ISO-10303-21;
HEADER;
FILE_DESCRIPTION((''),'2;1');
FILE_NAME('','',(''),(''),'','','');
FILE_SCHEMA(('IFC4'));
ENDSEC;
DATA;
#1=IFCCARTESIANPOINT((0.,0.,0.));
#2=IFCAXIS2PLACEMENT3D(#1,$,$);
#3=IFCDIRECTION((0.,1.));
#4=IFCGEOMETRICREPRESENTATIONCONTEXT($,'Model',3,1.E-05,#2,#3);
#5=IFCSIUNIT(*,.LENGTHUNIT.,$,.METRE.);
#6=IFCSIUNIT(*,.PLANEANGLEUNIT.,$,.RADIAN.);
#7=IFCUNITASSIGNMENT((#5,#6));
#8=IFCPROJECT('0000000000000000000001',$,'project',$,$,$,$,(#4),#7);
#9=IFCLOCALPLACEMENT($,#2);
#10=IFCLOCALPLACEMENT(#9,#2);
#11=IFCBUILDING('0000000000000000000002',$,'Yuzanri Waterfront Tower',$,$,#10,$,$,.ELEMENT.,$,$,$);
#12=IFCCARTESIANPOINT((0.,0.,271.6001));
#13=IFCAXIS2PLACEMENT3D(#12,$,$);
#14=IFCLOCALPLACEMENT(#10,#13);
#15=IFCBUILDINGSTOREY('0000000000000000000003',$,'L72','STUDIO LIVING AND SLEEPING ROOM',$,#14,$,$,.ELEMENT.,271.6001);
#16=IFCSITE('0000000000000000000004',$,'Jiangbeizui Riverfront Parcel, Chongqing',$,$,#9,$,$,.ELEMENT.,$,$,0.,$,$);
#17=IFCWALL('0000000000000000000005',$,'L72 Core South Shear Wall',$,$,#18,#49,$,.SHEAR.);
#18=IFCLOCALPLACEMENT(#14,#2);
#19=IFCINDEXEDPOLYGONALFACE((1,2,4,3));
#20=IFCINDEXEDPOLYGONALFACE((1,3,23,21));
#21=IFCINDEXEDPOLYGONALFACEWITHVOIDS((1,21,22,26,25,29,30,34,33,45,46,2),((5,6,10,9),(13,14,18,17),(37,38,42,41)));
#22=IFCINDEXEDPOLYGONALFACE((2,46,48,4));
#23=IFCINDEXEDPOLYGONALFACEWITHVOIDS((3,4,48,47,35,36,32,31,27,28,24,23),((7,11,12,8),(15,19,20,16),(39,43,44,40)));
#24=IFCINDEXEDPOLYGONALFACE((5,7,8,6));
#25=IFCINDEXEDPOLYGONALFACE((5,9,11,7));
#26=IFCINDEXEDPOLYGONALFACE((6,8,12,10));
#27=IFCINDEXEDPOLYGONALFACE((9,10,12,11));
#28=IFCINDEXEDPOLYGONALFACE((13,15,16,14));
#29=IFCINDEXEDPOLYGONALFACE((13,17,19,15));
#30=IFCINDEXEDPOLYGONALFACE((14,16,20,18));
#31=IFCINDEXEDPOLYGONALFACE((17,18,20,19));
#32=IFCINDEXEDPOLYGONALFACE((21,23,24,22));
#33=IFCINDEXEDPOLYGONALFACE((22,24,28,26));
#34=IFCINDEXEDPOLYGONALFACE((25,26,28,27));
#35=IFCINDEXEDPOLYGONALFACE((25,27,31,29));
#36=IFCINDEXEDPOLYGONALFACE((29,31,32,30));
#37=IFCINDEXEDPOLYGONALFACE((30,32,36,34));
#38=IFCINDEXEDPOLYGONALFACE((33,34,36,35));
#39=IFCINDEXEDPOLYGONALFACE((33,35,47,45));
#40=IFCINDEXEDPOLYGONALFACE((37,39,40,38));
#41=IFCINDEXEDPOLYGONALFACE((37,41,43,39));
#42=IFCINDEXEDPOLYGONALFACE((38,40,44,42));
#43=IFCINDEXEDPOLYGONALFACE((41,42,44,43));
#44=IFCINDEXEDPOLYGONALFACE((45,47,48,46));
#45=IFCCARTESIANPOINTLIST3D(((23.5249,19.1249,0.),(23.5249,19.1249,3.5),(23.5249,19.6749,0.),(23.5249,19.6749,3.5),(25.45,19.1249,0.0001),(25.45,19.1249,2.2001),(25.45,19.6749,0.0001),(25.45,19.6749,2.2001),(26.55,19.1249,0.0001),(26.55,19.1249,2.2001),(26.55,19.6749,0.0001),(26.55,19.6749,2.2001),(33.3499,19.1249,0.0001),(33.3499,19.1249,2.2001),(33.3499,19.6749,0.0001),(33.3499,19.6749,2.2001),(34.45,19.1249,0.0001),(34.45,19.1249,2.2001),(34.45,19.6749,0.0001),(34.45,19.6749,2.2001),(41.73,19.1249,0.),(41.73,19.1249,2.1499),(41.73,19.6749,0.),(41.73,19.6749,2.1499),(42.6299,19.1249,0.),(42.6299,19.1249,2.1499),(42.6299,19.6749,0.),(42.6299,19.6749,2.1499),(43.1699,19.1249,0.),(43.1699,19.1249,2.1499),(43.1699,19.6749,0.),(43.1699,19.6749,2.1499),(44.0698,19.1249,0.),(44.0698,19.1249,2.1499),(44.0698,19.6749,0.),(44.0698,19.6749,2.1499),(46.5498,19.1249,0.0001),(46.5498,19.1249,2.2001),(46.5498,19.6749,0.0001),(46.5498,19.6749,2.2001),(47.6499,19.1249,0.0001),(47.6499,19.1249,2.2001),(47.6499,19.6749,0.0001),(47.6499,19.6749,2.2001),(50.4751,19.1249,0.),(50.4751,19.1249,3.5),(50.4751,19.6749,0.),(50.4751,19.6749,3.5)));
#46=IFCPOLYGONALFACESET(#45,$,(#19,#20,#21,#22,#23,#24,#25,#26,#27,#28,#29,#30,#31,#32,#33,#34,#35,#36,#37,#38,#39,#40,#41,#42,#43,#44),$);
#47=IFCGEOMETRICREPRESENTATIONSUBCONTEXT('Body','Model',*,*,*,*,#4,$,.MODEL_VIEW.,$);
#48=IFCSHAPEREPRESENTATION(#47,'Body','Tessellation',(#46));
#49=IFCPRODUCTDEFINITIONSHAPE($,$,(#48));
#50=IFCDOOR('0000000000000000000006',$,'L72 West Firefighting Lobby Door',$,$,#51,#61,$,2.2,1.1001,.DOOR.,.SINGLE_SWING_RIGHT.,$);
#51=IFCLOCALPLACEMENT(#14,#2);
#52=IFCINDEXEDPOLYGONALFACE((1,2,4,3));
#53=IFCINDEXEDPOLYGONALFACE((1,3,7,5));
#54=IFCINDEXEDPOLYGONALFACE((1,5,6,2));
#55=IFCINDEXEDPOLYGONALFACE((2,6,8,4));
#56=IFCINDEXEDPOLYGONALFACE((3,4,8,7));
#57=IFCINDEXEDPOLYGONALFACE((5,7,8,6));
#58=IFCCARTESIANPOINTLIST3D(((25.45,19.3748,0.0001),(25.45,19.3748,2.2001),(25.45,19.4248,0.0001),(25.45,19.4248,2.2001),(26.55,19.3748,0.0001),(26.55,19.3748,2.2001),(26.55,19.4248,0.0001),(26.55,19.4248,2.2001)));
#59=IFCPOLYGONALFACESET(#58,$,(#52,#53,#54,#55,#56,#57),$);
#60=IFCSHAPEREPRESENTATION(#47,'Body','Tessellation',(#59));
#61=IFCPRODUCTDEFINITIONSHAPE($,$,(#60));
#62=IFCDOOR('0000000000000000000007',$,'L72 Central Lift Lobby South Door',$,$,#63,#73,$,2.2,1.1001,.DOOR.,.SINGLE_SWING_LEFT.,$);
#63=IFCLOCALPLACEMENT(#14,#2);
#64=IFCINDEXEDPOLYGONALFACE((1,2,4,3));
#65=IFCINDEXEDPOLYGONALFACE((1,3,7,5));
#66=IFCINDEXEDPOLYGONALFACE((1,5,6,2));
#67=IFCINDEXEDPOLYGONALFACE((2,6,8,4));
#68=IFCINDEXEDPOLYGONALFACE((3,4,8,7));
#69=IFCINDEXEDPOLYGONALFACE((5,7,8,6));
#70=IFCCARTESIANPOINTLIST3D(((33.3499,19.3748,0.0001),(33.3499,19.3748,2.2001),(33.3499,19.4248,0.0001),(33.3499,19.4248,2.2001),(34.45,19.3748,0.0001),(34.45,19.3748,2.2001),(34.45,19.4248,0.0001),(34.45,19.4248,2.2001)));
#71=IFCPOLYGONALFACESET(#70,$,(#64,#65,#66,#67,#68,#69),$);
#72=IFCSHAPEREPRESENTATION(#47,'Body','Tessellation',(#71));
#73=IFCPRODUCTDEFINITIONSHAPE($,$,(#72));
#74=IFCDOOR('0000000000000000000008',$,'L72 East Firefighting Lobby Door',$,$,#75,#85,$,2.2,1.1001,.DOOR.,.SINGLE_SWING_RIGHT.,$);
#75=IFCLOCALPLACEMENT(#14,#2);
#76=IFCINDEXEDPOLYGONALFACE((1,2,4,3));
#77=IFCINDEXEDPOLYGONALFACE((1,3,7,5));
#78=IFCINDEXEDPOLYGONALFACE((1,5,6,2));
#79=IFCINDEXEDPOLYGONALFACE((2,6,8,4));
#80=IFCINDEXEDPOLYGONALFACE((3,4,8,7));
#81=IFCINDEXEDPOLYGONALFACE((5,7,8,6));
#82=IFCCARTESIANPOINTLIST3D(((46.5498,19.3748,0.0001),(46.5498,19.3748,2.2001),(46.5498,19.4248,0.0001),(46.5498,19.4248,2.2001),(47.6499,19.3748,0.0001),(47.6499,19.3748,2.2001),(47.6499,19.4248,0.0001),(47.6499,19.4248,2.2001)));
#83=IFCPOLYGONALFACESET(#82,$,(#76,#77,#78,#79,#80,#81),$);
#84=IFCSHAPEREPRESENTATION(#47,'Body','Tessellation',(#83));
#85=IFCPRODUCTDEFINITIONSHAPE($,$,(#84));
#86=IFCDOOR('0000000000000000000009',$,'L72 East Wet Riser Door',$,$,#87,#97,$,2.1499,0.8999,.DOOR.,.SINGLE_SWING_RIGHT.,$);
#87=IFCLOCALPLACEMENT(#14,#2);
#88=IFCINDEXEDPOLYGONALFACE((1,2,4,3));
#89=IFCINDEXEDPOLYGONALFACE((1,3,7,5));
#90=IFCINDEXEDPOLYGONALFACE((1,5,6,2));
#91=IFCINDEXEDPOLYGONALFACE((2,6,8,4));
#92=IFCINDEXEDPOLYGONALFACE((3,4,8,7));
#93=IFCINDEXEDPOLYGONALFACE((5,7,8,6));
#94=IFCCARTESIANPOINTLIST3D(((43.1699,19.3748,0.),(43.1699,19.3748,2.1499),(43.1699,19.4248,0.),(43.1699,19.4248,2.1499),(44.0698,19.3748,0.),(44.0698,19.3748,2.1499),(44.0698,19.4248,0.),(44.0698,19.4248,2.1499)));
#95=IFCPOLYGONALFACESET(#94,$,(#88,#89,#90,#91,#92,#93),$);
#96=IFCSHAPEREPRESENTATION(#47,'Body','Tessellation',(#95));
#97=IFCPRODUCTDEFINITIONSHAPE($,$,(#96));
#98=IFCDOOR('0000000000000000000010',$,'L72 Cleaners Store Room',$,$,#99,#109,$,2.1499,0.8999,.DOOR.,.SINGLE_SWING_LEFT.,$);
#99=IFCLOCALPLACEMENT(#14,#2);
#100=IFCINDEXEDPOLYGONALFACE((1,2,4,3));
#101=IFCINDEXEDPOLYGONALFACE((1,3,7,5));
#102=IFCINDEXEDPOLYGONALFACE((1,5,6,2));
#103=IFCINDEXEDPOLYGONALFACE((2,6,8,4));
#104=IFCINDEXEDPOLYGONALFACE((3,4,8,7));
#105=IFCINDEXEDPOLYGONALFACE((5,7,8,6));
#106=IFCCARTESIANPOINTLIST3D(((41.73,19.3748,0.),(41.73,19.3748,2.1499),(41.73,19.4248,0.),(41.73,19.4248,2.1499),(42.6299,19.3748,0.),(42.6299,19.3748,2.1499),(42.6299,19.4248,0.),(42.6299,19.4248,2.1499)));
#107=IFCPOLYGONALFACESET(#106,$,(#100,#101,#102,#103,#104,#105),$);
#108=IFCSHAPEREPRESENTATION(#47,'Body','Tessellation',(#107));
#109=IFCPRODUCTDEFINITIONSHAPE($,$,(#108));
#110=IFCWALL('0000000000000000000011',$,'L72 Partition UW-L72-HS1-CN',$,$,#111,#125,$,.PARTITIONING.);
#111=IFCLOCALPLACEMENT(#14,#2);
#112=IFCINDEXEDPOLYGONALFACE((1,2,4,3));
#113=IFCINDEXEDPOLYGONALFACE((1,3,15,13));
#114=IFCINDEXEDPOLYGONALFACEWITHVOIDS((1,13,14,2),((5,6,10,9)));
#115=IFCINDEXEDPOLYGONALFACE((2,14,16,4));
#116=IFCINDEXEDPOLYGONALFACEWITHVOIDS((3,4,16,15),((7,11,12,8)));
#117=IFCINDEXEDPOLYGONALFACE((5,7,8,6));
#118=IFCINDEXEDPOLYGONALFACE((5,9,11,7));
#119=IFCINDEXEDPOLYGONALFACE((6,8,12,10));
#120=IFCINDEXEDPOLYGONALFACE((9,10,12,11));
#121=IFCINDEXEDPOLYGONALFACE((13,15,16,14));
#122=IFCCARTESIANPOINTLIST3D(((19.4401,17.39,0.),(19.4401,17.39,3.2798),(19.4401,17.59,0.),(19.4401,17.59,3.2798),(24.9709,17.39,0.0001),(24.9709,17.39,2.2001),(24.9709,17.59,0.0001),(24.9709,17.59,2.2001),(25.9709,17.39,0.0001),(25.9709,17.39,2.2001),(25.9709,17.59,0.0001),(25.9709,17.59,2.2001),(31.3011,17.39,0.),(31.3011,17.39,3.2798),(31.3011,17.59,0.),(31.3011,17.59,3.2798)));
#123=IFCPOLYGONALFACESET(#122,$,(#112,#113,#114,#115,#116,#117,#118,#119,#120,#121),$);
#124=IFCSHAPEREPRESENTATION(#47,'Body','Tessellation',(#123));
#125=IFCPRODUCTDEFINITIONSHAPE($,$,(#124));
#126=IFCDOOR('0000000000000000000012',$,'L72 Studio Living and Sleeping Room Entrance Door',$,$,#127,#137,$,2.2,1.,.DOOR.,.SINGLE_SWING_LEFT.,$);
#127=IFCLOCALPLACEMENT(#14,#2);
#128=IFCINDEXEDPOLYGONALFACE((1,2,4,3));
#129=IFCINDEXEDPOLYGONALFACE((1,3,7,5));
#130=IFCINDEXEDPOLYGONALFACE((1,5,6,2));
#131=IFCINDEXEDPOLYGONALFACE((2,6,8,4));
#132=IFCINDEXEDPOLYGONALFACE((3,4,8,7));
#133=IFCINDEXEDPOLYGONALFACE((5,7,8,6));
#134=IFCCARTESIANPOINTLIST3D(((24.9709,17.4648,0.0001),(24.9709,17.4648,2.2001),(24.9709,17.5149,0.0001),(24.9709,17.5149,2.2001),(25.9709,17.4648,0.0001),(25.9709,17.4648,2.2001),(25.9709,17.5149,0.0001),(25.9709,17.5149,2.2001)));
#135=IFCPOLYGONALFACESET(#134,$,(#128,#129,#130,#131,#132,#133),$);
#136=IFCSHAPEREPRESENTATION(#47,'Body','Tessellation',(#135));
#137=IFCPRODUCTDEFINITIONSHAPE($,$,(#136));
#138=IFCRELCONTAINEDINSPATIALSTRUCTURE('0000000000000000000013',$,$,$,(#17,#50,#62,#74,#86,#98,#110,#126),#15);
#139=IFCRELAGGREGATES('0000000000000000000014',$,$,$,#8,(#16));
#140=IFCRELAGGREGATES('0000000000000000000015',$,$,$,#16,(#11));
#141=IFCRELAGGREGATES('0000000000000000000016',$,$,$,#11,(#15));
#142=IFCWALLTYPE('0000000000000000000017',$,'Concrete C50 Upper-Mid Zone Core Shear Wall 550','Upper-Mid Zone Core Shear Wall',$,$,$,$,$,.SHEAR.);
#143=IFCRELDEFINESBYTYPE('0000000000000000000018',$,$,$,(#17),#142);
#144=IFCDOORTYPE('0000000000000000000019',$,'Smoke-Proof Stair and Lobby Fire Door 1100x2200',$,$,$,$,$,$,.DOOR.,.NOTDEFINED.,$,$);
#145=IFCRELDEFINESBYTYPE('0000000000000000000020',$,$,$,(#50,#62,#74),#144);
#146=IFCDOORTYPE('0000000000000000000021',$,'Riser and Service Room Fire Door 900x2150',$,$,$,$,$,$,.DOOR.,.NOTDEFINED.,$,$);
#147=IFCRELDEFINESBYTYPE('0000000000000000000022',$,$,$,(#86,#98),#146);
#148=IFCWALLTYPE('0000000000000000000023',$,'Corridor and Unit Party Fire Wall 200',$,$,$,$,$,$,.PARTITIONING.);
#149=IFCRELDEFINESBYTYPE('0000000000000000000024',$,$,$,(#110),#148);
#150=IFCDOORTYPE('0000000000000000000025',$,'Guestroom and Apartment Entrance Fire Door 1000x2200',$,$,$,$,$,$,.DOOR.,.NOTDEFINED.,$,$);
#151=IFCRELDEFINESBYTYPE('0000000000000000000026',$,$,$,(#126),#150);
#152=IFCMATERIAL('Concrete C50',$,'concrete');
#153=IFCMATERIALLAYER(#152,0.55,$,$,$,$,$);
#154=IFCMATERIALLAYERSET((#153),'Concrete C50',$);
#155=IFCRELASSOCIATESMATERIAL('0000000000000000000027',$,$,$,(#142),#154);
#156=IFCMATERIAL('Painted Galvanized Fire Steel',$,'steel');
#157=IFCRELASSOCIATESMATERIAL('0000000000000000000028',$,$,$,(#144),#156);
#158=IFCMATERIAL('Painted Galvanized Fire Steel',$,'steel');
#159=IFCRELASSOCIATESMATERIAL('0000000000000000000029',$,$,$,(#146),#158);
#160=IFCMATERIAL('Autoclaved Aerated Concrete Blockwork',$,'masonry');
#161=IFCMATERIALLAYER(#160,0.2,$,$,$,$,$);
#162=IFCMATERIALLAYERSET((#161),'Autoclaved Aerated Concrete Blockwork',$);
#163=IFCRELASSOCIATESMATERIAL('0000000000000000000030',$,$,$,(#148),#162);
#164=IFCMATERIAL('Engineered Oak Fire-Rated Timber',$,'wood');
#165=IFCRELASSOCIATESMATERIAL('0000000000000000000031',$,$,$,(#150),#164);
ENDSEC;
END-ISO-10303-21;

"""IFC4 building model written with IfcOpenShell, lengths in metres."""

from ifc_helpers import new_model, si_unit, direction, frame, frame_2d, origin, place, context, subcontext, project, spatial, rectangle, extrude, source, transform, mapped, material, layer, layer_set, type_object, element, fill, save


model = new_model("IFC4")

# Units and contexts
model_context = context("Model", 3, precision=1e-05, world=origin(), true_north=direction((0.0, 1.0)))
body_context = subcontext(model_context, "Body", "Model", "MODEL_VIEW")
ifc_project = project(units=[si_unit("LENGTHUNIT", "METRE"), si_unit("PLANEANGLEUNIT", "RADIAN")], contexts=[model_context])

# Site, building, storey
site_placement = place(None, origin())
site = spatial("IfcSite", under=ifc_project, at=site_placement, Name="Jiangbeizui Riverfront Parcel, Chongqing", CompositionType="ELEMENT", RefElevation=0.0)
building_placement = place(site_placement, origin())
building = spatial("IfcBuilding", under=site, at=building_placement, Name="Yuzanri Waterfront Tower", CompositionType="ELEMENT")
storey_placement = place(building_placement, frame((0.0, 0.0, 271.6001)))
storey = spatial("IfcBuildingStorey", under=building, at=storey_placement, Name="L72", Description="STUDIO LIVING AND SLEEPING ROOM", CompositionType="ELEMENT", Elevation=271.6001)

# Wall, openings, doors
ifc_material_1 = material(Name="Concrete C50", Category="concrete")
ifc_layer_1 = layer(ifc_material_1, 0.55)
ifc_layer_set_1 = layer_set([ifc_layer_1], Name="Concrete C50")
wall_type_1 = type_object("IfcWallType", Name="Concrete C50 Upper-Mid Zone Core Shear Wall 550", Description="Upper-Mid Zone Core Shear Wall", PredefinedType="SHEAR", material=ifc_layer_set_1)
wall_1_placement = place(storey_placement, frame((23.5249, 19.3999, 0.0), z_axis=(0.0, 0.0, 1.0), x_axis=(1.0, 0.0, 0.0)))
wall_1 = element("IfcWall", 1, at=wall_1_placement, inside=storey, type_object=wall_type_1, Name="L72 Core South Shear Wall", PredefinedType="SHEAR", context=body_context, shape_type="SweptSolid", body=[
    extrude(rectangle(XDim=26.9502, YDim=0.55, at=frame_2d((13.4751, 0.0))), origin(), (0.0, 0.0, 1.0), 3.5),
])
opening_1_placement = place(wall_1_placement, frame((1.925, 0.0, 0.0)))
opening_1 = element("IfcOpeningElement", 2, at=opening_1_placement, cuts=wall_1, PredefinedType="OPENING", context=body_context, shape_type="SweptSolid", body=[
    extrude(rectangle(XDim=1.1001, YDim=2.2, at=frame_2d((0.55, 1.1001))), frame((0.0, 0.29, 0.0), z_axis=(0.0, -1.0, 0.0), x_axis=(1.0, 0.0, 0.0)), (0.0, 0.0, 1.0), 0.5798),
])
opening_2_placement = place(wall_1_placement, frame((9.825, 0.0, 0.0)))
opening_2 = element("IfcOpeningElement", 3, at=opening_2_placement, cuts=wall_1, PredefinedType="OPENING", context=body_context, shape_type="SweptSolid", body=[
    extrude(rectangle(XDim=1.1001, YDim=2.2, at=frame_2d((0.55, 1.1001))), frame((0.0, 0.29, 0.0), z_axis=(0.0, -1.0, 0.0), x_axis=(1.0, 0.0, 0.0)), (0.0, 0.0, 1.0), 0.5798),
])
opening_3_placement = place(wall_1_placement, frame((23.0249, 0.0, 0.0)))
opening_3 = element("IfcOpeningElement", 4, at=opening_3_placement, cuts=wall_1, PredefinedType="OPENING", context=body_context, shape_type="SweptSolid", body=[
    extrude(rectangle(XDim=1.1001, YDim=2.2, at=frame_2d((0.55, 1.1001))), frame((0.0, 0.29, 0.0), z_axis=(0.0, -1.0, 0.0), x_axis=(1.0, 0.0, 0.0)), (0.0, 0.0, 1.0), 0.5798),
])
opening_4_placement = place(wall_1_placement, frame((19.645, 0.0, 0.0)))
opening_4 = element("IfcOpeningElement", 5, at=opening_4_placement, cuts=wall_1, PredefinedType="OPENING", context=body_context, shape_type="SweptSolid", body=[
    extrude(rectangle(XDim=0.8999, YDim=2.1499, at=frame_2d((0.45, 1.075))), frame((0.0, 0.29, 0.0), z_axis=(0.0, -1.0, 0.0), x_axis=(1.0, 0.0, 0.0)), (0.0, 0.0, 1.0), 0.5798),
])
opening_5_placement = place(wall_1_placement, frame((18.2051, 0.0, 0.0)))
opening_5 = element("IfcOpeningElement", 6, at=opening_5_placement, cuts=wall_1, PredefinedType="OPENING", context=body_context, shape_type="SweptSolid", body=[
    extrude(rectangle(XDim=0.8999, YDim=2.1499, at=frame_2d((0.45, 1.075))), frame((0.0, 0.29, 0.0), z_axis=(0.0, -1.0, 0.0), x_axis=(1.0, 0.0, 0.0)), (0.0, 0.0, 1.0), 0.5798),
])
ifc_material_2 = material(Name="Painted Galvanized Fire Steel", Category="steel")
door_type_1 = type_object("IfcDoorType", Name="Smoke-Proof Stair and Lobby Fire Door 1100x2200", OperationType="NOTDEFINED", PredefinedType="DOOR", material=ifc_material_2)
shared_shape_1 = source(origin(), body_context, "Body", "SweptSolid", [
    extrude(rectangle(XDim=1.1001, YDim=2.2, at=frame_2d((0.55, 1.1001))), frame((0.0, 0.0249, 0.0), z_axis=(0.0, -1.0, 0.0), x_axis=(1.0, 0.0, 0.0)), (0.0, 0.0, 1.0), 0.05),
])
door_1_placement = place(opening_1_placement, origin())
door_1 = element("IfcDoor", 7, at=door_1_placement, inside=storey, type_object=door_type_1, Name="L72 West Firefighting Lobby Door", OperationType="SINGLE_SWING_RIGHT", OverallHeight=2.2, OverallWidth=1.1001, PredefinedType="DOOR", context=body_context, shape_type="MappedRepresentation", body=[
    mapped(shared_shape_1, transform((0.0, 0.0, 0.0), scale=1.0)),
])
fill(opening_1, door_1)
door_2_placement = place(opening_2_placement, origin())
door_2 = element("IfcDoor", 8, at=door_2_placement, inside=storey, type_object=door_type_1, Name="L72 Central Lift Lobby South Door", OperationType="SINGLE_SWING_LEFT", OverallHeight=2.2, OverallWidth=1.1001, PredefinedType="DOOR", context=body_context, shape_type="MappedRepresentation", body=[
    mapped(shared_shape_1, transform((0.0, 0.0, 0.0), scale=1.0)),
])
fill(opening_2, door_2)
door_3_placement = place(opening_3_placement, origin())
door_3 = element("IfcDoor", 9, at=door_3_placement, inside=storey, type_object=door_type_1, Name="L72 East Firefighting Lobby Door", OperationType="SINGLE_SWING_RIGHT", OverallHeight=2.2, OverallWidth=1.1001, PredefinedType="DOOR", context=body_context, shape_type="MappedRepresentation", body=[
    mapped(shared_shape_1, transform((0.0, 0.0, 0.0), scale=1.0)),
])
fill(opening_3, door_3)
ifc_material_3 = material(Name="Painted Galvanized Fire Steel", Category="steel")
door_type_2 = type_object("IfcDoorType", Name="Riser and Service Room Fire Door 900x2150", OperationType="NOTDEFINED", PredefinedType="DOOR", material=ifc_material_3)
shared_shape_2 = source(origin(), body_context, "Body", "SweptSolid", [
    extrude(rectangle(XDim=0.8999, YDim=2.1499, at=frame_2d((0.45, 1.075))), frame((0.0, 0.0249, 0.0), z_axis=(0.0, -1.0, 0.0), x_axis=(1.0, 0.0, 0.0)), (0.0, 0.0, 1.0), 0.05),
])
door_4_placement = place(opening_4_placement, origin())
door_4 = element("IfcDoor", 10, at=door_4_placement, inside=storey, type_object=door_type_2, Name="L72 East Wet Riser Door", OperationType="SINGLE_SWING_RIGHT", OverallHeight=2.1499, OverallWidth=0.8999, PredefinedType="DOOR", context=body_context, shape_type="MappedRepresentation", body=[
    mapped(shared_shape_2, transform((0.0, 0.0, 0.0), scale=1.0)),
])
fill(opening_4, door_4)
door_5_placement = place(opening_5_placement, origin())
door_5 = element("IfcDoor", 11, at=door_5_placement, inside=storey, type_object=door_type_2, Name="L72 Cleaners Store Room", OperationType="SINGLE_SWING_LEFT", OverallHeight=2.1499, OverallWidth=0.8999, PredefinedType="DOOR", context=body_context, shape_type="MappedRepresentation", body=[
    mapped(shared_shape_2, transform((0.0, 0.0, 0.0), scale=1.0)),
])
fill(opening_5, door_5)

# Wall, opening, door
ifc_material_4 = material(Name="Autoclaved Aerated Concrete Blockwork", Category="masonry")
ifc_layer_2 = layer(ifc_material_4, 0.2)
ifc_layer_set_2 = layer_set([ifc_layer_2], Name="Autoclaved Aerated Concrete Blockwork")
wall_type_2 = type_object("IfcWallType", Name="Corridor and Unit Party Fire Wall 200", PredefinedType="PARTITIONING", material=ifc_layer_set_2)
wall_2_placement = place(storey_placement, frame((19.4399, 17.49, 0.0), z_axis=(0.0, 0.0, 1.0), x_axis=(1.0, 0.0, 0.0)))
wall_2 = element("IfcWall", 12, at=wall_2_placement, inside=storey, type_object=wall_type_2, Name="L72 Partition UW-L72-HS1-CN", PredefinedType="PARTITIONING", context=body_context, shape_type="SweptSolid", body=[
    extrude(rectangle(XDim=11.8611, YDim=0.2, at=frame_2d((5.9307, 0.0))), origin(), (0.0, 0.0, 1.0), 3.2798),
])
opening_6_placement = place(wall_2_placement, frame((5.531, 0.0, 0.0)))
opening_6 = element("IfcOpeningElement", 13, at=opening_6_placement, cuts=wall_2, PredefinedType="OPENING", context=body_context, shape_type="SweptSolid", body=[
    extrude(rectangle(XDim=1.0, YDim=2.2, at=frame_2d((0.5, 1.1001))), frame((0.0, 0.1147, 0.0), z_axis=(0.0, -1.0, 0.0), x_axis=(1.0, 0.0, 0.0)), (0.0, 0.0, 1.0), 0.2297),
])
ifc_material_5 = material(Name="Engineered Oak Fire-Rated Timber", Category="wood")
door_type_3 = type_object("IfcDoorType", Name="Guestroom and Apartment Entrance Fire Door 1000x2200", OperationType="NOTDEFINED", PredefinedType="DOOR", material=ifc_material_5)
shared_shape_3 = source(origin(), body_context, "Body", "SweptSolid", [
    extrude(rectangle(XDim=1.0, YDim=2.2, at=frame_2d((0.5, 1.1001))), frame((0.0, 0.0249, 0.0), z_axis=(0.0, -1.0, 0.0), x_axis=(1.0, 0.0, 0.0)), (0.0, 0.0, 1.0), 0.05),
])
door_6_placement = place(opening_6_placement, origin())
door_6 = element("IfcDoor", 14, at=door_6_placement, inside=storey, type_object=door_type_3, Name="L72 Studio Living and Sleeping Room Entrance Door", OperationType="SINGLE_SWING_LEFT", OverallHeight=2.2, OverallWidth=1.0, PredefinedType="DOOR", context=body_context, shape_type="MappedRepresentation", body=[
    mapped(shared_shape_3, transform((0.0, 0.0, 0.0), scale=1.0)),
])
fill(opening_6, door_6)

save(model, "model.ifc")
